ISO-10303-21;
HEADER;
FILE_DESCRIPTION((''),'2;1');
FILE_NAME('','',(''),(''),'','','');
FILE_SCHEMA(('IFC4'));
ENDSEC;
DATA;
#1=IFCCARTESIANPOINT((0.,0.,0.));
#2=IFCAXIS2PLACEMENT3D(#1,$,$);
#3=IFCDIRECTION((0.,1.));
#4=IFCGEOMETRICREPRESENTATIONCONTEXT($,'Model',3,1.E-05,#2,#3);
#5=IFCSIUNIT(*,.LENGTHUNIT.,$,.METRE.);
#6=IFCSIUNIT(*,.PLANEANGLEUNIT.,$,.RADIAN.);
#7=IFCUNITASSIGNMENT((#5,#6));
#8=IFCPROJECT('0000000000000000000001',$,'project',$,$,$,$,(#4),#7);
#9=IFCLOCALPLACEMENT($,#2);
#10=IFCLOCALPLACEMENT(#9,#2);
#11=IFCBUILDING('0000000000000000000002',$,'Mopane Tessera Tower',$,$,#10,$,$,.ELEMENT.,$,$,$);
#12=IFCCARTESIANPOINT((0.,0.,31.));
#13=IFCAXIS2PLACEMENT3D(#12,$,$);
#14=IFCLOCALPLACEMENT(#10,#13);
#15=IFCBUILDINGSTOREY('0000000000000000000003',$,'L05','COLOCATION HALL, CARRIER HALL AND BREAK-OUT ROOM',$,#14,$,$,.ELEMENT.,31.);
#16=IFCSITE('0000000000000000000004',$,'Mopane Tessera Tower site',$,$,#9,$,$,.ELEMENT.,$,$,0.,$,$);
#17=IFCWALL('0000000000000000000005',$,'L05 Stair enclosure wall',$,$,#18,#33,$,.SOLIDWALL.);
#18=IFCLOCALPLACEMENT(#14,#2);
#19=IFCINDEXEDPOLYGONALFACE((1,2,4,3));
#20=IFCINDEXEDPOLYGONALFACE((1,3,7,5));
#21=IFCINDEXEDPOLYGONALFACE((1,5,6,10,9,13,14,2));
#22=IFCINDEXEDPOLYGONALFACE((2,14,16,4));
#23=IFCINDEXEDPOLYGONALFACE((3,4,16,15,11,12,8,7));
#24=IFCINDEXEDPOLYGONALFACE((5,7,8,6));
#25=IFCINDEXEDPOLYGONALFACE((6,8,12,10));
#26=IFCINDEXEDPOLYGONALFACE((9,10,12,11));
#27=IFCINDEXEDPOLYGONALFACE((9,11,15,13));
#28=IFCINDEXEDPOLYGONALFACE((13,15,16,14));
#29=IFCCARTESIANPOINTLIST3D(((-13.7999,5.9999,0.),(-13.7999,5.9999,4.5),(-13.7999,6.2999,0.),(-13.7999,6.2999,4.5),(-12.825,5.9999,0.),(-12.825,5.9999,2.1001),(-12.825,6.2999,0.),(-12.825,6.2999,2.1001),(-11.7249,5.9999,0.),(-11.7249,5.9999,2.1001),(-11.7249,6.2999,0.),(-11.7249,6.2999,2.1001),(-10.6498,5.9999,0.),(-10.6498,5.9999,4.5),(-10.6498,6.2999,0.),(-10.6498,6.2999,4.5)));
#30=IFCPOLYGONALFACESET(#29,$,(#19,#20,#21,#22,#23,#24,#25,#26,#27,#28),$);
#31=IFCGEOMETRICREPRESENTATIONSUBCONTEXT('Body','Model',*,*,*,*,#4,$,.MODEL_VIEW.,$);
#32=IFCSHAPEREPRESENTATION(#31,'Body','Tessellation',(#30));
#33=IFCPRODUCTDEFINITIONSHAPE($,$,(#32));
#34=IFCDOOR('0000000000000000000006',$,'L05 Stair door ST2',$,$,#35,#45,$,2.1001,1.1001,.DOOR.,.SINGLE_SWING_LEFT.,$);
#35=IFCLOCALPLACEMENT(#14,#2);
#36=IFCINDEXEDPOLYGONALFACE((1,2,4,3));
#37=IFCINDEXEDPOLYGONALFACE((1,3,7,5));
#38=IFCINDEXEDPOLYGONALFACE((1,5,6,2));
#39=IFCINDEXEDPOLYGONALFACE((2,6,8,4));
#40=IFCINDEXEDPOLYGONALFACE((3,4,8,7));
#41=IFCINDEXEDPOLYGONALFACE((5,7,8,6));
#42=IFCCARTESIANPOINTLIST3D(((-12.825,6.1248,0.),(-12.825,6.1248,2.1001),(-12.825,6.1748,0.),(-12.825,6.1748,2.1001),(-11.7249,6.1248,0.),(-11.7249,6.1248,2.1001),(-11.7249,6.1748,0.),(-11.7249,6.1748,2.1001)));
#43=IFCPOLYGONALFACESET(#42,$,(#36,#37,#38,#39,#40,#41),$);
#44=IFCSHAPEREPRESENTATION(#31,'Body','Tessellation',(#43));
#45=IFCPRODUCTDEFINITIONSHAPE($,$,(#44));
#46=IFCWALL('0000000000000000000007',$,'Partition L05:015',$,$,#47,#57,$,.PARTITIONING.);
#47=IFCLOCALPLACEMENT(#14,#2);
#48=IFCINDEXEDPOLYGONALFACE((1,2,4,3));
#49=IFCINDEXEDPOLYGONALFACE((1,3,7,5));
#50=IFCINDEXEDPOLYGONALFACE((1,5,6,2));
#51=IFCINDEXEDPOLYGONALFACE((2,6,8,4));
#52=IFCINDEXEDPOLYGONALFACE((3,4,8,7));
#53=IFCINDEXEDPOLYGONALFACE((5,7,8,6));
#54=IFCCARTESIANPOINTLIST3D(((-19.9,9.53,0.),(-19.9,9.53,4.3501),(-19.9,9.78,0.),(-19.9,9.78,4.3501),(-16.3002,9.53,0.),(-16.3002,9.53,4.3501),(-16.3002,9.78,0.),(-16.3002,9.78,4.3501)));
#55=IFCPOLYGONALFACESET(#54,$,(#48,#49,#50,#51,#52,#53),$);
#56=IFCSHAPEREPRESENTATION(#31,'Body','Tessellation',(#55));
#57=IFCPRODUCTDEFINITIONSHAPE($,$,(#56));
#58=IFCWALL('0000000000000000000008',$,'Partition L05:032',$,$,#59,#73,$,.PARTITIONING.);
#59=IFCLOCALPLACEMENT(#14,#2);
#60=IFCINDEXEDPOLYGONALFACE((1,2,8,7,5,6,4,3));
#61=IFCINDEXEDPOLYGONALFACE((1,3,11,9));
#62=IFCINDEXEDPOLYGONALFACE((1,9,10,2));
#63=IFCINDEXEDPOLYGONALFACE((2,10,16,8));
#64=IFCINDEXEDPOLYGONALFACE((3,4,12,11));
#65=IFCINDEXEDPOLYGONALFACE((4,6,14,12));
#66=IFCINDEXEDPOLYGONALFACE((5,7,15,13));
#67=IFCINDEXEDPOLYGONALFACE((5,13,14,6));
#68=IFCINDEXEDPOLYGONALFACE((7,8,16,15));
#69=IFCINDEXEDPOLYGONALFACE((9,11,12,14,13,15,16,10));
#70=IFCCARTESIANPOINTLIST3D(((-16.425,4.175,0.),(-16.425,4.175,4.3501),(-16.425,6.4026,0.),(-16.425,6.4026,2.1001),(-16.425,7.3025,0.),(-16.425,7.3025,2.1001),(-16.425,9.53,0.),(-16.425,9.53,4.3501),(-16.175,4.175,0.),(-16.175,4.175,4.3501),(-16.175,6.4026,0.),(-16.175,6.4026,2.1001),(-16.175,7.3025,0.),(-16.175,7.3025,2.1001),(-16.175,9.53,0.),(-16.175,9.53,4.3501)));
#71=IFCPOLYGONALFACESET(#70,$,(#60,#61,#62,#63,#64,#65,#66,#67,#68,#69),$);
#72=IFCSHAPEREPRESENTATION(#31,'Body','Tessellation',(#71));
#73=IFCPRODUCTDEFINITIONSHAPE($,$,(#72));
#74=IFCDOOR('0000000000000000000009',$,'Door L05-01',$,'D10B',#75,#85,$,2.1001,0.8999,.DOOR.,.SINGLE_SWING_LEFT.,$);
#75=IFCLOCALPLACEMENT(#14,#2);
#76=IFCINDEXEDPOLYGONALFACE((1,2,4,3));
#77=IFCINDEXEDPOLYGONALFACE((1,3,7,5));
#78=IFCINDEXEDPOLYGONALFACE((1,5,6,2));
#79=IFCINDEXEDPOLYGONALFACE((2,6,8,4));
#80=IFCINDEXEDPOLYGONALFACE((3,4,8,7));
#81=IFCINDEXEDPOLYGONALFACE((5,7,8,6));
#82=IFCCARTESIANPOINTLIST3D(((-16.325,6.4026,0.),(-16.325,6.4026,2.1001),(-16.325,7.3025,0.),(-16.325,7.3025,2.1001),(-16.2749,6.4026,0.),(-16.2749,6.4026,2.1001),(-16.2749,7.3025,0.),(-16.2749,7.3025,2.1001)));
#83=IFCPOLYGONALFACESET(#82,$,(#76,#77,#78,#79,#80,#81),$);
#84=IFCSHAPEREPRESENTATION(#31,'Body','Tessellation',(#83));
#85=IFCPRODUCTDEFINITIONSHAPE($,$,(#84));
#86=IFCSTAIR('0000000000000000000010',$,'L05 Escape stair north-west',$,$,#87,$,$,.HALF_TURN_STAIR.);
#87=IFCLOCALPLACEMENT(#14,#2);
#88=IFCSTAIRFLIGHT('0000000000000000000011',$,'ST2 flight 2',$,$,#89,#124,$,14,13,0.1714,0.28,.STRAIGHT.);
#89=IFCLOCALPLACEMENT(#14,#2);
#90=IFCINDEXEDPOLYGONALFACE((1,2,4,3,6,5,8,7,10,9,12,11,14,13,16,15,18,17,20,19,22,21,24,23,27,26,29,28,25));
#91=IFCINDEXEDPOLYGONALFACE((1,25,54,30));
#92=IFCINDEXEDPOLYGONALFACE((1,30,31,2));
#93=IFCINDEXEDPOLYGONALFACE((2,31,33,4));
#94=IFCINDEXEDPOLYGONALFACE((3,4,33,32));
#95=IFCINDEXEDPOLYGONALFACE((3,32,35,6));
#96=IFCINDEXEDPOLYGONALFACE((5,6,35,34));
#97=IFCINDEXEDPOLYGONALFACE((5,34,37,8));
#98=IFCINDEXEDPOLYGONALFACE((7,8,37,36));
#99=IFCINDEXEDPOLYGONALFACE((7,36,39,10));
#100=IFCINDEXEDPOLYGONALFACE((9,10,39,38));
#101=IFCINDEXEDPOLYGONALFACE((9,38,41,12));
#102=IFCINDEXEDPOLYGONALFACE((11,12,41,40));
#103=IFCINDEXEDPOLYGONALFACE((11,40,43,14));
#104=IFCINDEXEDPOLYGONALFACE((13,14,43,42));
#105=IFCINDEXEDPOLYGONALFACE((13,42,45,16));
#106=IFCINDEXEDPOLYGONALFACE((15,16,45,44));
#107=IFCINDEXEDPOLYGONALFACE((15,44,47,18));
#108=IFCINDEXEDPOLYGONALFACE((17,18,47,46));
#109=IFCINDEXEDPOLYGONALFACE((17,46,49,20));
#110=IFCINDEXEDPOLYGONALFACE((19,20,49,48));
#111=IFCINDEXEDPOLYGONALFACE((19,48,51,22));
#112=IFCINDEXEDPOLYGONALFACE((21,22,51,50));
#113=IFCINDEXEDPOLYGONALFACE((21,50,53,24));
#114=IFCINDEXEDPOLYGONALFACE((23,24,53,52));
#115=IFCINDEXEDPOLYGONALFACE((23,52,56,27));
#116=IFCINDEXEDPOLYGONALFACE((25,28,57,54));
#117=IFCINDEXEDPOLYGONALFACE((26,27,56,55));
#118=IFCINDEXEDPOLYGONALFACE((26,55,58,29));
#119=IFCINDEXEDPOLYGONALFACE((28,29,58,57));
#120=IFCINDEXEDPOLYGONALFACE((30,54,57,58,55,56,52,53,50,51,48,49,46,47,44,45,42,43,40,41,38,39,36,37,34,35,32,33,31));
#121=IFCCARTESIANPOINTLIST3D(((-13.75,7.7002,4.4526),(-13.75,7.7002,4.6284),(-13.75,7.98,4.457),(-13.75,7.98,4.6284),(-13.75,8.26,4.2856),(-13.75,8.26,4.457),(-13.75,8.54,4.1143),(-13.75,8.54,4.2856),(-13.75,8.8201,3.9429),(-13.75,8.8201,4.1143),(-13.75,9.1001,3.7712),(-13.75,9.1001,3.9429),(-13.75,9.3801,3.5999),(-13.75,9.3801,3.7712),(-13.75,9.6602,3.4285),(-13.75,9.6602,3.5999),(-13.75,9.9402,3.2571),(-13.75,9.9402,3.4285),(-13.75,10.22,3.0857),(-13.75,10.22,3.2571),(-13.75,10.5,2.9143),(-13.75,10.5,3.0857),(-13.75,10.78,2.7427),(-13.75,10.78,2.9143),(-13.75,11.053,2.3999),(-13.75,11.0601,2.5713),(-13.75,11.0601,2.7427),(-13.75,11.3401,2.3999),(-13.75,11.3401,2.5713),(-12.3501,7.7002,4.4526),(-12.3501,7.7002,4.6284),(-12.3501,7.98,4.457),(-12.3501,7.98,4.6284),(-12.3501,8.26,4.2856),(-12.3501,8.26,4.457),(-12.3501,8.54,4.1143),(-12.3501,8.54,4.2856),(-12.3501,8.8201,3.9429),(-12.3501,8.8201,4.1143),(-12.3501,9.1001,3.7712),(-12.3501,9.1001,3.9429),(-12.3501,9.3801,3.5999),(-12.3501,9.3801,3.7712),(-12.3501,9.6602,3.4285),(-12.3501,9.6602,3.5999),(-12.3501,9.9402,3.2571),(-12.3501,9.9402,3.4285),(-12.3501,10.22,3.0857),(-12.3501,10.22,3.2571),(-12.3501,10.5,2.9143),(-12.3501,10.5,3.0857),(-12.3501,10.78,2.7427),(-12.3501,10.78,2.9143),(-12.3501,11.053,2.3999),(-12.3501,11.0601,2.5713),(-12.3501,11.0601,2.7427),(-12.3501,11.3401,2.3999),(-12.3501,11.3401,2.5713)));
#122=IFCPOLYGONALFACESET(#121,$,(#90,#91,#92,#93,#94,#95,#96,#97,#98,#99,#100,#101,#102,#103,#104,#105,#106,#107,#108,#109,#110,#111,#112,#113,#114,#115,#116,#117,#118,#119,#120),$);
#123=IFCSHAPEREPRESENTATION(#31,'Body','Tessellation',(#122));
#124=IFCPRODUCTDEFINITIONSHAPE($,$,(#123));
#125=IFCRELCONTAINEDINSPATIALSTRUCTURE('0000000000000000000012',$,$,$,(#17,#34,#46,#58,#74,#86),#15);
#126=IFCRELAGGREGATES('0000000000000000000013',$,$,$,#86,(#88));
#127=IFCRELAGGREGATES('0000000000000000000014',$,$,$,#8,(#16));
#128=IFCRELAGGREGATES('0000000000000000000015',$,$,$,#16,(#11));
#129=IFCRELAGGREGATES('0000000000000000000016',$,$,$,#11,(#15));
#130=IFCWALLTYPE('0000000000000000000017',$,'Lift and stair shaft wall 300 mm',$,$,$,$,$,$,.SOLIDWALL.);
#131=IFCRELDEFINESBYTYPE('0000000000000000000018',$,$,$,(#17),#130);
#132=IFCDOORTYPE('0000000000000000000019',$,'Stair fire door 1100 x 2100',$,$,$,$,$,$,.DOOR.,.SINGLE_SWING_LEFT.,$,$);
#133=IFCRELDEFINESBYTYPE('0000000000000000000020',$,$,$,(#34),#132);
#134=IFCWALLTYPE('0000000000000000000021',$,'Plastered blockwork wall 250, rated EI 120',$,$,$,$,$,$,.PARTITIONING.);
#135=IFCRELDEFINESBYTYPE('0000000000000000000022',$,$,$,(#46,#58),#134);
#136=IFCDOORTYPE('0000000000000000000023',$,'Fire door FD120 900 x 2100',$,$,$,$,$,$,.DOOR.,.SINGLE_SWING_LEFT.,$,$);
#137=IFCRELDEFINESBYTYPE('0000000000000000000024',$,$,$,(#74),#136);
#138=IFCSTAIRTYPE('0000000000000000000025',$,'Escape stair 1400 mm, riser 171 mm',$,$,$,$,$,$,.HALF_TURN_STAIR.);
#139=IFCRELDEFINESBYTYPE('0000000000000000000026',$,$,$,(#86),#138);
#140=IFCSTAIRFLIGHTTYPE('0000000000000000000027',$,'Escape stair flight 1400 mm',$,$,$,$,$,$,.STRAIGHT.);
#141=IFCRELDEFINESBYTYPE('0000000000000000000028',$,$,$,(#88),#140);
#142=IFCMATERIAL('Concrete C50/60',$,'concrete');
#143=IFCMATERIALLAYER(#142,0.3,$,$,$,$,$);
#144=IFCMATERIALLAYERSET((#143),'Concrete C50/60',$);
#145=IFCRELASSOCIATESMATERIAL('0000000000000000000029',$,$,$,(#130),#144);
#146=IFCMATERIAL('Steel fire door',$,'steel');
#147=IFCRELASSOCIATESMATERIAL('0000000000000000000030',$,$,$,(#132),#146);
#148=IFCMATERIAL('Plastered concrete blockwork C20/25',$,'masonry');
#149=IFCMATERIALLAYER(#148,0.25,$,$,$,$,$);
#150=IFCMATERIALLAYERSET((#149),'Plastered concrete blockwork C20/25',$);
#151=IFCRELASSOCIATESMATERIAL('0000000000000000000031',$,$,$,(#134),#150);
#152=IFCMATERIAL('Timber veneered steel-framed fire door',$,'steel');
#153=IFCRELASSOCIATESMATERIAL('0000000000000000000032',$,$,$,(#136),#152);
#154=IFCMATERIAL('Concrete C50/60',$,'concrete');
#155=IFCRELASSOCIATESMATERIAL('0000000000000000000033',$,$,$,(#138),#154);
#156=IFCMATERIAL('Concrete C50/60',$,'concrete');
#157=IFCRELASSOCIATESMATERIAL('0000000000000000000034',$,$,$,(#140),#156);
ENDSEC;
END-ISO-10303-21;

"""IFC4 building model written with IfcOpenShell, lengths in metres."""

from ifc_helpers import new_model, si_unit, direction, frame, frame_2d, origin, place, context, subcontext, project, spatial, polyline, rectangle, outline, extrude, material, layer, layer_set, type_object, element, fill, aggregate, save


model = new_model("IFC4")

# Units and contexts
model_context = context("Model", 3, precision=1e-05, world=origin(), true_north=direction((0.0, 1.0)))
body_context = subcontext(model_context, "Body", "Model", "MODEL_VIEW")
ifc_project = project(units=[si_unit("LENGTHUNIT", "METRE"), si_unit("PLANEANGLEUNIT", "RADIAN")], contexts=[model_context])

# Site, building, storey
site_placement = place(None, origin())
site = spatial("IfcSite", under=ifc_project, at=site_placement, Name="Mopane Tessera Tower site", CompositionType="ELEMENT", RefElevation=0.0)
building_placement = place(site_placement, origin())
building = spatial("IfcBuilding", under=site, at=building_placement, Name="Mopane Tessera Tower", CompositionType="ELEMENT")
storey_placement = place(building_placement, frame((0.0, 0.0, 31.0)))
storey = spatial("IfcBuildingStorey", under=building, at=storey_placement, Name="L05", Description="COLOCATION HALL, CARRIER HALL AND BREAK-OUT ROOM", CompositionType="ELEMENT", Elevation=31.0)

# Wall, opening, door
ifc_material_1 = material(Name="Concrete C50/60", Category="concrete")
ifc_layer_1 = layer(ifc_material_1, 0.3)
ifc_layer_set_1 = layer_set([ifc_layer_1], Name="Concrete C50/60")
wall_type_1 = type_object("IfcWallType", Name="Lift and stair shaft wall 300 mm", PredefinedType="SOLIDWALL", material=ifc_layer_set_1)
wall_1_placement = place(storey_placement, frame((-13.8, 6.1499, 0.0), z_axis=(0.0, 0.0, 1.0), x_axis=(1.0, 0.0, 0.0)))
wall_1 = element("IfcWall", 1, at=wall_1_placement, inside=storey, type_object=wall_type_1, Name="L05 Stair enclosure wall", PredefinedType="SOLIDWALL", context=body_context, shape_type="SweptSolid", body=[
    extrude(rectangle(XDim=3.1501, YDim=0.3, at=frame_2d((1.5752, 0.0))), origin(), (0.0, 0.0, 1.0), 4.5),
])
opening_1_placement = place(wall_1_placement, frame((0.9751, 0.0, 0.0)))
opening_1 = element("IfcOpeningElement", 2, at=opening_1_placement, cuts=wall_1, PredefinedType="OPENING", context=body_context, shape_type="SweptSolid", body=[
    extrude(rectangle(XDim=1.1001, YDim=2.1001, at=frame_2d((0.55, 1.05))), frame((0.0, 0.1621, 0.0), z_axis=(0.0, -1.0, 0.0), x_axis=(1.0, 0.0, 0.0)), (0.0, 0.0, 1.0), 0.324),
])
ifc_material_2 = material(Name="Steel fire door", Category="steel")
door_type_1 = type_object("IfcDoorType", Name="Stair fire door 1100 x 2100", OperationType="SINGLE_SWING_LEFT", PredefinedType="DOOR", material=ifc_material_2)
door_1_placement = place(opening_1_placement, origin())
door_1 = element("IfcDoor", 3, at=door_1_placement, inside=storey, type_object=door_type_1, Name="L05 Stair door ST2", OperationType="SINGLE_SWING_LEFT", OverallHeight=2.1001, OverallWidth=1.1001, PredefinedType="DOOR", context=body_context, shape_type="SweptSolid", body=[
    extrude(rectangle(XDim=1.1001, YDim=2.1001, at=frame_2d((0.55, 1.05))), frame((0.0, 0.0249, 0.0), z_axis=(0.0, -1.0, 0.0), x_axis=(1.0, 0.0, 0.0)), (0.0, 0.0, 1.0), 0.05),
])
fill(opening_1, door_1)

# Wall
ifc_material_3 = material(Name="Plastered concrete blockwork C20/25", Category="masonry")
ifc_layer_2 = layer(ifc_material_3, 0.25)
ifc_layer_set_2 = layer_set([ifc_layer_2], Name="Plastered concrete blockwork C20/25")
wall_type_2 = type_object("IfcWallType", Name="Plastered blockwork wall 250, rated EI 120", PredefinedType="PARTITIONING", material=ifc_layer_set_2)
wall_2_placement = place(storey_placement, frame((-19.8999, 9.655, 0.0), z_axis=(0.0, 0.0, 1.0), x_axis=(1.0, 0.0, 0.0)))
element("IfcWall", 4, at=wall_2_placement, inside=storey, type_object=wall_type_2, Name="Partition L05:015", PredefinedType="PARTITIONING", context=body_context, shape_type="SweptSolid", body=[
    extrude(rectangle(XDim=3.5999, YDim=0.25, at=frame_2d((1.7998, 0.0))), origin(), (0.0, 0.0, 1.0), 4.3501),
])

# Wall, opening, door
wall_3_placement = place(storey_placement, frame((-16.3, 4.175, 0.0), z_axis=(0.0, 0.0, 1.0), x_axis=(0.0, 1.0, 0.0)))
wall_3 = element("IfcWall", 5, at=wall_3_placement, inside=storey, type_object=wall_type_2, Name="Partition L05:032", PredefinedType="PARTITIONING", context=body_context, shape_type="SweptSolid", body=[
    extrude(rectangle(XDim=5.355, YDim=0.25, at=frame_2d((2.6775, 0.0))), origin(), (0.0, 0.0, 1.0), 4.3501),
])
opening_2_placement = place(wall_3_placement, frame((2.2275, 0.0, 0.0)))
opening_2 = element("IfcOpeningElement", 6, at=opening_2_placement, cuts=wall_3, PredefinedType="OPENING", context=body_context, shape_type="SweptSolid", body=[
    extrude(rectangle(XDim=0.8999, YDim=2.1001, at=frame_2d((0.45, 1.05))), frame((0.0, 0.137, 0.0), z_axis=(0.0, -1.0, 0.0), x_axis=(1.0, 0.0, 0.0)), (0.0, 0.0, 1.0), 0.2739),
])
ifc_material_4 = material(Name="Timber veneered steel-framed fire door", Category="steel")
door_type_2 = type_object("IfcDoorType", Name="Fire door FD120 900 x 2100", OperationType="SINGLE_SWING_LEFT", PredefinedType="DOOR", material=ifc_material_4)
door_2_placement = place(opening_2_placement, origin())
door_2 = element("IfcDoor", 7, at=door_2_placement, inside=storey, type_object=door_type_2, Name="Door L05-01", ObjectType="D10B", OperationType="SINGLE_SWING_LEFT", OverallHeight=2.1001, OverallWidth=0.8999, PredefinedType="DOOR", context=body_context, shape_type="SweptSolid", body=[
    extrude(rectangle(XDim=0.8999, YDim=2.1001, at=frame_2d((0.45, 1.05))), frame((0.0, 0.0249, 0.0), z_axis=(0.0, -1.0, 0.0), x_axis=(1.0, 0.0, 0.0)), (0.0, 0.0, 1.0), 0.05),
])
fill(opening_2, door_2)

# Stair, stair flight
ifc_material_5 = material(Name="Concrete C50/60", Category="concrete")
stair_type = type_object("IfcStairType", Name="Escape stair 1400 mm, riser 171 mm", PredefinedType="HALF_TURN_STAIR", material=ifc_material_5)
stair_placement = place(storey_placement, origin())
stair = element("IfcStair", 8, at=stair_placement, inside=storey, type_object=stair_type, Name="L05 Escape stair north-west", PredefinedType="HALF_TURN_STAIR")
ifc_material_6 = material(Name="Concrete C50/60", Category="concrete")
stair_flight_type = type_object("IfcStairFlightType", Name="Escape stair flight 1400 mm", PredefinedType="STRAIGHT", material=ifc_material_6)
stair_flight_placement = place(storey_placement, frame((-13.05, 11.3401, 2.3999), z_axis=(0.0, 0.0, 1.0), x_axis=(0.0, -1.0, 0.0)))
stair_flight = element("IfcStairFlight", 9, at=stair_flight_placement, type_object=stair_flight_type, Name="ST2 flight 2", NumberOfRisers=14, NumberOfTreads=13, PredefinedType="STRAIGHT", RiserHeight=0.1714, TreadLength=0.28, context=body_context, shape_type="SweptSolid", body=[
    extrude(outline(polyline([(0.0, 0.0), (0.0, 0.1714), (0.28, 0.1714), (0.28, 0.3428), (0.5601, 0.3428), (0.5601, 0.5144), (0.8401, 0.5144), (0.8401, 0.6858), (1.1201, 0.6858), (1.1201, 0.8572), (1.3999, 0.8572), (1.3999, 1.0286), (1.6799, 1.0286), (1.6799, 1.2), (1.96, 1.2), (1.96, 1.3713), (2.24, 1.3713), (2.24, 1.543), (2.52, 1.543), (2.52, 1.7144), (2.8, 1.7144), (2.8, 1.8857), (3.0801, 1.8857), (3.0801, 2.0571), (3.3601, 2.0571), (3.3601, 2.2285), (3.6399, 2.2285), (3.6399, 2.3999), (3.6399, 2.0527), (0.2871, 0.0), (0.0, 0.0)])), frame((0.0, 0.7, 0.0), z_axis=(0.0, -1.0, 0.0), x_axis=(1.0, 0.0, 0.0)), (0.0, 0.0, 1.0), 1.3999),
])
aggregate(stair, [stair_flight])

save(model, "model.ifc")
